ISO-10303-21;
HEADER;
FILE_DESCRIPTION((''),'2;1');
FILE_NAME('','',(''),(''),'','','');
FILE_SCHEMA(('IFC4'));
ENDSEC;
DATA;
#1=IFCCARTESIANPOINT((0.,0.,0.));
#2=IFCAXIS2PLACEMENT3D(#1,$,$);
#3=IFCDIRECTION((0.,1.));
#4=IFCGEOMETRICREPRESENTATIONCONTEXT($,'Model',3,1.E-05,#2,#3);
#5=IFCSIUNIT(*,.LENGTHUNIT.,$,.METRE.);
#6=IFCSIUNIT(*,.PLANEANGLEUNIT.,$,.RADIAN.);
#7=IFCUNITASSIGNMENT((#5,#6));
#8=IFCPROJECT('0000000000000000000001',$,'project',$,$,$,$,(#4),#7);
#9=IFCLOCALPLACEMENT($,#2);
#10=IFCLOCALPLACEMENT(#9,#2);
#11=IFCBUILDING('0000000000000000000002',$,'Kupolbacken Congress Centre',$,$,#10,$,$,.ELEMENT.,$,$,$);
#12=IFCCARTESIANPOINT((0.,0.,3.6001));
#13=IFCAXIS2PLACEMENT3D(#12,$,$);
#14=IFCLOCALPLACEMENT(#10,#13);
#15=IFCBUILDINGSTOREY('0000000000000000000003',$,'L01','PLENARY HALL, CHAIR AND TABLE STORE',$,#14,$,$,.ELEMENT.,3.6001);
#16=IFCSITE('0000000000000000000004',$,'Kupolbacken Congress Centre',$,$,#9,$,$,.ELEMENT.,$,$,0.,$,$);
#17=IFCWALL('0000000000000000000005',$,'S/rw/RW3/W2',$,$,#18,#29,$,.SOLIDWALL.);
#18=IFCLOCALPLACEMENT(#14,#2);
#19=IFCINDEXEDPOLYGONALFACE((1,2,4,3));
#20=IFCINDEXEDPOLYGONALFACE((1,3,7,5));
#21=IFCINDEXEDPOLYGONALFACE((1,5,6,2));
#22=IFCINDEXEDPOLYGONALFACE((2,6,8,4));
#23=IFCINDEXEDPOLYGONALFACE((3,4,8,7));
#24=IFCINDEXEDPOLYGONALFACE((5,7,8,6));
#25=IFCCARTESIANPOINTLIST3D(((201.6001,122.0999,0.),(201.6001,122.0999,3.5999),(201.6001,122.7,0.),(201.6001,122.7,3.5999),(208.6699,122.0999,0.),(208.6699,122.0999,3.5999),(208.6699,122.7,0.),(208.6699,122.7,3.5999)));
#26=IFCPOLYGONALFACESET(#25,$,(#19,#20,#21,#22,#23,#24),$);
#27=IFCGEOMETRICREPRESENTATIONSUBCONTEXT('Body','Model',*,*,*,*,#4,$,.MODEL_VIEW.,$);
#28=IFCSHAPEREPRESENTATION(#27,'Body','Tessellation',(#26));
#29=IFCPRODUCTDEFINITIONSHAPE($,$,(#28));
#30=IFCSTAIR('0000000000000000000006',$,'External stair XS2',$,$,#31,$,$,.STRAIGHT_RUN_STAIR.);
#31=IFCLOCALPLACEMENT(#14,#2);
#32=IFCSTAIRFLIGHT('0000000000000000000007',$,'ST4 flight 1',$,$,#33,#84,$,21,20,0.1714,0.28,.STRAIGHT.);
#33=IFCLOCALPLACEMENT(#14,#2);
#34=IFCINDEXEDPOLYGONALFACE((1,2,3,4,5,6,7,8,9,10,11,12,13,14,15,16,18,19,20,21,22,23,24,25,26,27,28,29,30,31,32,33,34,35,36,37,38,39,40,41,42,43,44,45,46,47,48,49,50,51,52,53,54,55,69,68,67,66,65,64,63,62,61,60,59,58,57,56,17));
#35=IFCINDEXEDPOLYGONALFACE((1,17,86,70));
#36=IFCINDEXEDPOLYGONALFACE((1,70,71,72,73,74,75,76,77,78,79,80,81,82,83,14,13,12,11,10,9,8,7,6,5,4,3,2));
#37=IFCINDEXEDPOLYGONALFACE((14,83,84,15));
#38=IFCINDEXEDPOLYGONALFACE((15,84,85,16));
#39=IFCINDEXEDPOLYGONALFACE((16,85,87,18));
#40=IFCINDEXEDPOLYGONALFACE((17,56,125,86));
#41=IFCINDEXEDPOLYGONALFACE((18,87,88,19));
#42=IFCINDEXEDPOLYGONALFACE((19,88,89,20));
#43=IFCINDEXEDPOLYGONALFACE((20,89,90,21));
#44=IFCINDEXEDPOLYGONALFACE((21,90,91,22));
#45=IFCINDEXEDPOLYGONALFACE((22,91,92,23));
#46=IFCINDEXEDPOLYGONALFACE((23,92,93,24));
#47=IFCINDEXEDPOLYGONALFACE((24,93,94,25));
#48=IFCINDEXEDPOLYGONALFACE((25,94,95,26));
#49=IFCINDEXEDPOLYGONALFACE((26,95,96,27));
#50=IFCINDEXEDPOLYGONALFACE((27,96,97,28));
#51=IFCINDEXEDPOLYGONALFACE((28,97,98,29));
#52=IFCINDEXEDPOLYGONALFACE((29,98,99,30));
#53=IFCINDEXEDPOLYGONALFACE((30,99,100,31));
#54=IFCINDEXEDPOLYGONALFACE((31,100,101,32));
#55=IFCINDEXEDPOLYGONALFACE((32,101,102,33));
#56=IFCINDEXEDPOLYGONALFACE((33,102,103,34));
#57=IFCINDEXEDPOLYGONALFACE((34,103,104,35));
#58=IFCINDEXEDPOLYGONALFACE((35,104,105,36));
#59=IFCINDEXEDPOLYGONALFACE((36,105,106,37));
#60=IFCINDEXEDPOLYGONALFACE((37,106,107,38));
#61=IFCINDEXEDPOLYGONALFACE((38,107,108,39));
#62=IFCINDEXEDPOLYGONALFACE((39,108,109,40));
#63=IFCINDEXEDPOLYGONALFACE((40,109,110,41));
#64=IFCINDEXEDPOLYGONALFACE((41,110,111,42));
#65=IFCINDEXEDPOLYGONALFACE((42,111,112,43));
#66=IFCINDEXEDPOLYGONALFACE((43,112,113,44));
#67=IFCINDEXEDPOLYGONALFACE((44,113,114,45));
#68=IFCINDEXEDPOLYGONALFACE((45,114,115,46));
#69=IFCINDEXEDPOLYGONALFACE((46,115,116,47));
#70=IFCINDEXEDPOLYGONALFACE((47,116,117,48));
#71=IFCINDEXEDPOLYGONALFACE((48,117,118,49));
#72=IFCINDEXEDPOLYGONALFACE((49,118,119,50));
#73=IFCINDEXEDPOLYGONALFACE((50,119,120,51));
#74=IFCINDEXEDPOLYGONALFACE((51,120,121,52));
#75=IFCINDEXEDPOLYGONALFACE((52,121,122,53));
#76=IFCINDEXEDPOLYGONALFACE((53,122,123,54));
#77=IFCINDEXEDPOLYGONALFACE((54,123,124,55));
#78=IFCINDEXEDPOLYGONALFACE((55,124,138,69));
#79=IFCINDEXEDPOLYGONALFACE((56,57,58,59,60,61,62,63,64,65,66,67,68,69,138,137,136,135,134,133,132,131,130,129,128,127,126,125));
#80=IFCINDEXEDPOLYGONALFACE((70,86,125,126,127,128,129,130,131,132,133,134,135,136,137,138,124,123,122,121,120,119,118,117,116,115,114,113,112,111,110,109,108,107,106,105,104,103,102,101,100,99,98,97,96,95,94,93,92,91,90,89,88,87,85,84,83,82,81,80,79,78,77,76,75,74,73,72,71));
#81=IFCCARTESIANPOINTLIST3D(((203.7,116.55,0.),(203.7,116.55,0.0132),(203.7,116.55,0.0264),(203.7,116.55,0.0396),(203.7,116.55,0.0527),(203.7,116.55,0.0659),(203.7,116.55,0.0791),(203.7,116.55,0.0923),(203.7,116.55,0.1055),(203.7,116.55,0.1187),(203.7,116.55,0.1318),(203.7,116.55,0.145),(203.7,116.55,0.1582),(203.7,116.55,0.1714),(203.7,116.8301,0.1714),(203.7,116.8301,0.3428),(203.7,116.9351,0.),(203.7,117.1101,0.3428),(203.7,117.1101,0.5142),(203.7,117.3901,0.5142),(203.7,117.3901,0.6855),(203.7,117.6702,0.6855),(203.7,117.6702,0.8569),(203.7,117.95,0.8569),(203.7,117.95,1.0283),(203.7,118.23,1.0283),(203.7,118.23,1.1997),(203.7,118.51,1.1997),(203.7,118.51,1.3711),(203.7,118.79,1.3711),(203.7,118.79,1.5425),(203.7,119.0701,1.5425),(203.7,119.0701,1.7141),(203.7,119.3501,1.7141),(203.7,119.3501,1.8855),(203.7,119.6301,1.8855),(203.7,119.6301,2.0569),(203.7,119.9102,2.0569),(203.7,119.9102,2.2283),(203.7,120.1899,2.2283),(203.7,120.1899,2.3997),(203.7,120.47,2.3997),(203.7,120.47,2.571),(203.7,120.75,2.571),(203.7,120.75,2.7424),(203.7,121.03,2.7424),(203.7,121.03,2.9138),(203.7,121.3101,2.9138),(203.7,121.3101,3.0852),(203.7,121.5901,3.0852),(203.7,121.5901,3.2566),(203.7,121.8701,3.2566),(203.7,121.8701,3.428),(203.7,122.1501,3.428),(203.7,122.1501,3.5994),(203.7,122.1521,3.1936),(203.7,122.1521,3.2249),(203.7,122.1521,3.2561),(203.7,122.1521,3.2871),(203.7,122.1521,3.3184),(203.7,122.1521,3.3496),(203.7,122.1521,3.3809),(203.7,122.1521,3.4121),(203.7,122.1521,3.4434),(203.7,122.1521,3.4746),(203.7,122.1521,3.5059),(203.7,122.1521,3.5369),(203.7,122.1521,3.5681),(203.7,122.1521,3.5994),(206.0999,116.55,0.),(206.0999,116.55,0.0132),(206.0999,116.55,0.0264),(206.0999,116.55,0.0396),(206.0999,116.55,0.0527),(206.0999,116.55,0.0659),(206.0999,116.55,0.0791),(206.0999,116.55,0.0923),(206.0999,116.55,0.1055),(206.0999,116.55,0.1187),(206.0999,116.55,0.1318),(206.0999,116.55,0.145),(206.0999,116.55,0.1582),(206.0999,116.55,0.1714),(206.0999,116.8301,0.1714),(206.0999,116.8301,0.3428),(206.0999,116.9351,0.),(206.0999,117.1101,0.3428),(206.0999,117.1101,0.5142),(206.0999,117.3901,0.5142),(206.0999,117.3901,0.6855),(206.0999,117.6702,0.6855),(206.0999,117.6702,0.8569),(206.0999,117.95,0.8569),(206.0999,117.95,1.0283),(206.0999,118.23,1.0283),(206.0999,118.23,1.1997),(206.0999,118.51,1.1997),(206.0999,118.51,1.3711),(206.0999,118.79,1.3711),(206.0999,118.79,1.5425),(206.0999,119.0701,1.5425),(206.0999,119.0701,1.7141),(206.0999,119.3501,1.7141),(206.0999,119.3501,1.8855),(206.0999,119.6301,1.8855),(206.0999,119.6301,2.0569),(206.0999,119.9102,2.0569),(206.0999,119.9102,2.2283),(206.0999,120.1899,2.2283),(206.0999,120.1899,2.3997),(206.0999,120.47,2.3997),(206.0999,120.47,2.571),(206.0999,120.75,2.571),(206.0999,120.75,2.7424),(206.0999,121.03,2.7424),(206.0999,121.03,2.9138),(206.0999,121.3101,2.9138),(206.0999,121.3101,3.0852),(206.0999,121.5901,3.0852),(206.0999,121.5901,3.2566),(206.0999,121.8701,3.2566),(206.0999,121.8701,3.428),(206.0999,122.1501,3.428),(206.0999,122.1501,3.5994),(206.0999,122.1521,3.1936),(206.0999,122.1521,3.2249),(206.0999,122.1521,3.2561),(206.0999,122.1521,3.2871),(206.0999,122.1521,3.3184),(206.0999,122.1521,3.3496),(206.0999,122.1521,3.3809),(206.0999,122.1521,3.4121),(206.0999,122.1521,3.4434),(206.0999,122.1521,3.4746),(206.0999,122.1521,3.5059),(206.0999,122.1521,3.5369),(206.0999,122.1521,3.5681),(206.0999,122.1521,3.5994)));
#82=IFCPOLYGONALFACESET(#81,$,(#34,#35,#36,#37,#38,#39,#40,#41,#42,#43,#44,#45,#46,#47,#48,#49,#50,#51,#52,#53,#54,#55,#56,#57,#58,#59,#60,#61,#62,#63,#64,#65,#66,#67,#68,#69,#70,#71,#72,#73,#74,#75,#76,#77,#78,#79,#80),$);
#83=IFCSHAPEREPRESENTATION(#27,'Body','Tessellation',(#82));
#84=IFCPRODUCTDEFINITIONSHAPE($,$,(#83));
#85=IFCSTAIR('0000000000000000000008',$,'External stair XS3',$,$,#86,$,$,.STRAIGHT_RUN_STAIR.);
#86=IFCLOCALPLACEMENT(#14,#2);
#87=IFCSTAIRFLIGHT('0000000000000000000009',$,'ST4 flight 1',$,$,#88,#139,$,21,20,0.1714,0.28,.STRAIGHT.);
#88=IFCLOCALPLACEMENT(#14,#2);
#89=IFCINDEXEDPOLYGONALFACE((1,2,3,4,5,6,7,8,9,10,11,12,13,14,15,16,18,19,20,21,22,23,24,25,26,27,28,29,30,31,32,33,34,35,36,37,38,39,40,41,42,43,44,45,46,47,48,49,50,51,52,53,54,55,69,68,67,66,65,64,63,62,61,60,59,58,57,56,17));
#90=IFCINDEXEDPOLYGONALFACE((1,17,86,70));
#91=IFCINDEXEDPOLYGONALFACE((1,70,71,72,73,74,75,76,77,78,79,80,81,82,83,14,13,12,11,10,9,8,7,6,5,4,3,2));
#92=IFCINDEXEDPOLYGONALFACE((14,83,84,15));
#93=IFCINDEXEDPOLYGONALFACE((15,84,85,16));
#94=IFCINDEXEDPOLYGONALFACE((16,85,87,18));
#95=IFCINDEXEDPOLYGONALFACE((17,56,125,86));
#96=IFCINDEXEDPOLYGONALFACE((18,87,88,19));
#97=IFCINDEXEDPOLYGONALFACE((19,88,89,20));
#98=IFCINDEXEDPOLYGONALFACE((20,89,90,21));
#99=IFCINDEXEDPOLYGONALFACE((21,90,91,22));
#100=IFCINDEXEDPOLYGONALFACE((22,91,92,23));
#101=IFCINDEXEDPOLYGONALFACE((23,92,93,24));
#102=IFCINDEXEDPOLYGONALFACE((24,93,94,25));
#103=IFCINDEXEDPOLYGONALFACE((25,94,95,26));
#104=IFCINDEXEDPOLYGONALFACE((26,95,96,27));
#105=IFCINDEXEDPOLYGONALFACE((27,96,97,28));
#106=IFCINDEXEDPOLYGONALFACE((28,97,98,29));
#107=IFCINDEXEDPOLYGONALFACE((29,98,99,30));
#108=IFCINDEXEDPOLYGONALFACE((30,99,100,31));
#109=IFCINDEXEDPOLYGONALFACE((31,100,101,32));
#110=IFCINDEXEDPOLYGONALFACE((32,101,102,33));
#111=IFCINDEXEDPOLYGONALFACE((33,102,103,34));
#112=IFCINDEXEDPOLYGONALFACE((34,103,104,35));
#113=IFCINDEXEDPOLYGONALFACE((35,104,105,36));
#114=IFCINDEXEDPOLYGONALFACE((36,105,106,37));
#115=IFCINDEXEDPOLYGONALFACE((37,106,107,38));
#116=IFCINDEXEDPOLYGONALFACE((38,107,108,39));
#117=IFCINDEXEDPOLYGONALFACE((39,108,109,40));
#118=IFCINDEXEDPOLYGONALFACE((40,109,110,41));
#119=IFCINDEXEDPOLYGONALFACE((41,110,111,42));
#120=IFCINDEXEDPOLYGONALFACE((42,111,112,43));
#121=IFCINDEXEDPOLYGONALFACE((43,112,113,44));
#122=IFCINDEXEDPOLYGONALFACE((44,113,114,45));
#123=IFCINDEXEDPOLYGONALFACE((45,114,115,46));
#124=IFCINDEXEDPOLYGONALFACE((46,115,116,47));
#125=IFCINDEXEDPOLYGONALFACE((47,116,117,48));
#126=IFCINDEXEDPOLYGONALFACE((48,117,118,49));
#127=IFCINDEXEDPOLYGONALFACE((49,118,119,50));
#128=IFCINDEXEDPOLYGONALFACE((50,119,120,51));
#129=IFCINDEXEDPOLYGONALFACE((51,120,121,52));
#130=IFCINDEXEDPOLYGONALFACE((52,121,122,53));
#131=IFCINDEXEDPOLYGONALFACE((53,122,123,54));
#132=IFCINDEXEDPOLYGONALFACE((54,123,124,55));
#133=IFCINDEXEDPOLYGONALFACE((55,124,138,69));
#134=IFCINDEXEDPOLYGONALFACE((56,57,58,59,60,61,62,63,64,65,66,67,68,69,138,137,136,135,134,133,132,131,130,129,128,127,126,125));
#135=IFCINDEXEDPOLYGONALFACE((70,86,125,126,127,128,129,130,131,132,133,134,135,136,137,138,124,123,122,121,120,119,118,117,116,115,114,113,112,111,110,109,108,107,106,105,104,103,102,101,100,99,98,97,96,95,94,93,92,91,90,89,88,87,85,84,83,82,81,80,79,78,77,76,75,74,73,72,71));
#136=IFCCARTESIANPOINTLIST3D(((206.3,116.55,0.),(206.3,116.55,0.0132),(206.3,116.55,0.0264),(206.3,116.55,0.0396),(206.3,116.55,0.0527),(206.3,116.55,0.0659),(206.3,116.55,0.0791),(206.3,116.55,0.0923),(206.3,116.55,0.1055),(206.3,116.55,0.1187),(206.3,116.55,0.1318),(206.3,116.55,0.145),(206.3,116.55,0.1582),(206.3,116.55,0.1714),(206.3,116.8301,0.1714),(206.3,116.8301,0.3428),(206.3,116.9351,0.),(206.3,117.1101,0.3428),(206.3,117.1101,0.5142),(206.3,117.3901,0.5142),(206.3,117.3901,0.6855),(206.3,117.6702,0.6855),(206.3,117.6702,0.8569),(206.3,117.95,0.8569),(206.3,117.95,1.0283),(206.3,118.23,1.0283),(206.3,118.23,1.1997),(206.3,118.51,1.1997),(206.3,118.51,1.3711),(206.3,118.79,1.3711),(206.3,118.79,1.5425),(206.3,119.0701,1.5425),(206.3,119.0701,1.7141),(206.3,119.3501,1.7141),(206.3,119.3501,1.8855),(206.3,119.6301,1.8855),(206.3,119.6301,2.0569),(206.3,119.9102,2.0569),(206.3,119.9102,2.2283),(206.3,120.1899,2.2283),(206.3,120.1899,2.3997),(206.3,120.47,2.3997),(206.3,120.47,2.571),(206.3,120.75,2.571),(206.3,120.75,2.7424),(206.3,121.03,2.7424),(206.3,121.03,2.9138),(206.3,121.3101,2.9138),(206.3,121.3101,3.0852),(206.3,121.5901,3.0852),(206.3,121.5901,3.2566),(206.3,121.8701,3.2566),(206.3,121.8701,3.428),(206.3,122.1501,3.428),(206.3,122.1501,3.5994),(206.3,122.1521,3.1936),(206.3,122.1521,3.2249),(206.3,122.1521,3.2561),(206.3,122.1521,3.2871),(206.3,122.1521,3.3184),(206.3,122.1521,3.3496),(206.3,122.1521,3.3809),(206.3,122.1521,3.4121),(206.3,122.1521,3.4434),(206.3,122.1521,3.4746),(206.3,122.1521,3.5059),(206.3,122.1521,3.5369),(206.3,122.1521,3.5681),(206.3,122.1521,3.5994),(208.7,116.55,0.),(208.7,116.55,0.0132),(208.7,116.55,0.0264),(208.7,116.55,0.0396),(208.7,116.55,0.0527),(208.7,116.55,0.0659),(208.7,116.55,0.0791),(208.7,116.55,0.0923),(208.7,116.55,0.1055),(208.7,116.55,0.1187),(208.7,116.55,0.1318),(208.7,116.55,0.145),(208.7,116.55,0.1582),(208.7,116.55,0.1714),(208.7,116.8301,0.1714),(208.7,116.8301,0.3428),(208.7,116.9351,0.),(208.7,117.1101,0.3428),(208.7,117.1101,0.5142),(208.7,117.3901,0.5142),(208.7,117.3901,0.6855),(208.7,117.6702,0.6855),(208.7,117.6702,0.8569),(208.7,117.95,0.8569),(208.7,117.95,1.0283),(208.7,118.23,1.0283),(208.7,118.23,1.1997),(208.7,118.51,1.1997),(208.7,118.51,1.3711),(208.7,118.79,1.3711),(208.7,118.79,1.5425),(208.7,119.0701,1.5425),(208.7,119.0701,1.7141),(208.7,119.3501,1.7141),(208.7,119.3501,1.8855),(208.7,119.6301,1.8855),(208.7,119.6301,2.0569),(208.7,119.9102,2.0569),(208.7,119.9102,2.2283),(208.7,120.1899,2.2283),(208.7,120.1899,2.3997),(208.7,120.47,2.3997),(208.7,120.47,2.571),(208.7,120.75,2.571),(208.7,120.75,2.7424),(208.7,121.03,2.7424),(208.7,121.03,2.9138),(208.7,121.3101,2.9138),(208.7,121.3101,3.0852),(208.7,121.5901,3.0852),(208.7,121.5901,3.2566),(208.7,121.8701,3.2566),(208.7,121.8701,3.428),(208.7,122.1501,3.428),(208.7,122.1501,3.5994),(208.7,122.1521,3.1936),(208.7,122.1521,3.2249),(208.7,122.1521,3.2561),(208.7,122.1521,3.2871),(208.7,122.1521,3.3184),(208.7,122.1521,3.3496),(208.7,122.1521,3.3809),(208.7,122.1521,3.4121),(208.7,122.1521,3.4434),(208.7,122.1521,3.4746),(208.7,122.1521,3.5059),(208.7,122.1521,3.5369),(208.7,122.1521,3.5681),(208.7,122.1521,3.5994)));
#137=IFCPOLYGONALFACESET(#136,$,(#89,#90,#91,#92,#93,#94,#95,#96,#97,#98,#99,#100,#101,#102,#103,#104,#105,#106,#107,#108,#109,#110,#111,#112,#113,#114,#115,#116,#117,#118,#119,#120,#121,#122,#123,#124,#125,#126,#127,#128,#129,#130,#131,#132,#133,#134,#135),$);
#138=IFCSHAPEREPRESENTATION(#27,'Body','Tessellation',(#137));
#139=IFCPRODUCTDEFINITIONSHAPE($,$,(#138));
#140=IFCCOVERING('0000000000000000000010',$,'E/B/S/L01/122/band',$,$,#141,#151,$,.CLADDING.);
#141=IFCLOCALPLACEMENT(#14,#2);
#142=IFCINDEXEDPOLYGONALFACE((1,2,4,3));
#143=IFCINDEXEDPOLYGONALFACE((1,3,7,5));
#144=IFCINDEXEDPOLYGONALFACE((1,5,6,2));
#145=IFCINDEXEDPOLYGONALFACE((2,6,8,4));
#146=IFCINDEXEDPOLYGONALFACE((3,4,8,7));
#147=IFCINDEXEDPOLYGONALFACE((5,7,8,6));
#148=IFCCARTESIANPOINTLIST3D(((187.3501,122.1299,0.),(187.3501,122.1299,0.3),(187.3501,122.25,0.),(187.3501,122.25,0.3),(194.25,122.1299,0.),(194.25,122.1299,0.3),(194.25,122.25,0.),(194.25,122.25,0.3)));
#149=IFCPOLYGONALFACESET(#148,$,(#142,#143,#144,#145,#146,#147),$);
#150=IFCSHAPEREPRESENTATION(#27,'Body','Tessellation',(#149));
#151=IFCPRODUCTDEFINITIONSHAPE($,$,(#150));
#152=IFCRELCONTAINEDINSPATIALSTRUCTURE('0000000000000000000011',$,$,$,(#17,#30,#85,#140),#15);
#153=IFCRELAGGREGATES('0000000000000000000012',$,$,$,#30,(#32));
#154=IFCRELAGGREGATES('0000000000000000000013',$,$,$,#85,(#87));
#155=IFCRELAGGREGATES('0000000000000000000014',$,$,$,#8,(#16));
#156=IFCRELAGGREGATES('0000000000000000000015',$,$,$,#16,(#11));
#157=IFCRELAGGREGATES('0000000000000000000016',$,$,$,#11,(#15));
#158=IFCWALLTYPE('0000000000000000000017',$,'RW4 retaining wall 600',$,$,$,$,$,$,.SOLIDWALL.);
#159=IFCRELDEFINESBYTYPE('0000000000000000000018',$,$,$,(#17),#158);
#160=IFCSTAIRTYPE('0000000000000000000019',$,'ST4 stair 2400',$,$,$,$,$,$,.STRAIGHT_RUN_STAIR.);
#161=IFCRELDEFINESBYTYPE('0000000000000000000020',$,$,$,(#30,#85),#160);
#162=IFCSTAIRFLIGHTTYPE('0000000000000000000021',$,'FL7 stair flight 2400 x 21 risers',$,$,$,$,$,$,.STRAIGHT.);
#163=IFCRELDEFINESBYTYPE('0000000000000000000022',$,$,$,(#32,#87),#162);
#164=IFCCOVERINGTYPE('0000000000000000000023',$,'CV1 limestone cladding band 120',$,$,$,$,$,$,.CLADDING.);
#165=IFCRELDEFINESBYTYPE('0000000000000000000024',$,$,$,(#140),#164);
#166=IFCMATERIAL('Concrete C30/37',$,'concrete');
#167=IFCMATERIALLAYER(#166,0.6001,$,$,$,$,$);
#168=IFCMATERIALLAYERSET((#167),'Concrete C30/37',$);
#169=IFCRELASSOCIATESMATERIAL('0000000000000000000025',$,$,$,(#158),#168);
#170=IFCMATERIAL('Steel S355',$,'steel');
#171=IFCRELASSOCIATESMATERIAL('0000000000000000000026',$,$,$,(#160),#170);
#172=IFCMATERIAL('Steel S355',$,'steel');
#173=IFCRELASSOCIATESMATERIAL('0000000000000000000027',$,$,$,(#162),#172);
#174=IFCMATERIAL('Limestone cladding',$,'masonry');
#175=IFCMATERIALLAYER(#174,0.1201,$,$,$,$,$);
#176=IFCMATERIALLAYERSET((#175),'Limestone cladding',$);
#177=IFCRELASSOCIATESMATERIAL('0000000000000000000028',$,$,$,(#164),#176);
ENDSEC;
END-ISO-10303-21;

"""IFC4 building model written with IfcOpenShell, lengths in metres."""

from ifc_helpers import new_model, si_unit, direction, frame, frame_2d, origin, origin_2d, place, context, subcontext, project, spatial, polyline, rectangle, outline, extrude, material, layer, layer_set, type_object, element, aggregate, save


model = new_model("IFC4")

# Units and contexts
model_context = context("Model", 3, precision=1e-05, world=origin(), true_north=direction((0.0, 1.0)))
body_context = subcontext(model_context, "Body", "Model", "MODEL_VIEW")
ifc_project = project(units=[si_unit("LENGTHUNIT", "METRE"), si_unit("PLANEANGLEUNIT", "RADIAN")], contexts=[model_context])

# Site, building, storey
site_placement = place(None, origin())
site = spatial("IfcSite", under=ifc_project, at=site_placement, Name="Kupolbacken Congress Centre", CompositionType="ELEMENT", RefElevation=0.0)
building_placement = place(site_placement, origin())
building = spatial("IfcBuilding", under=site, at=building_placement, Name="Kupolbacken Congress Centre", CompositionType="ELEMENT")
storey_placement = place(building_placement, frame((0.0, 0.0, 3.6001)))
storey = spatial("IfcBuildingStorey", under=building, at=storey_placement, Name="L01", Description="PLENARY HALL, CHAIR AND TABLE STORE", CompositionType="ELEMENT", Elevation=3.6001)

# Wall
ifc_material_1 = material(Name="Concrete C30/37", Category="concrete")
ifc_layer_1 = layer(ifc_material_1, 0.6001)
ifc_layer_set_1 = layer_set([ifc_layer_1], Name="Concrete C30/37")
wall_type_1 = type_object("IfcWallType", Name="RW4 retaining wall 600", PredefinedType="SOLIDWALL", material=ifc_layer_set_1)
wall_1_placement = place(storey_placement, frame((201.6001, 122.3999, 0.0), z_axis=(0.0, 0.0, 1.0), x_axis=(1.0, 0.0, 0.0)))
element("IfcWall", 1, at=wall_1_placement, inside=storey, type_object=wall_type_1, Name="S/rw/RW3/W2", PredefinedType="SOLIDWALL", context=body_context, shape_type="SweptSolid", body=[
    extrude(rectangle(XDim=7.0698, YDim=0.6001, at=frame_2d((3.5349, 0.0))), origin(), (0.0, 0.0, 1.0), 3.5999),
])

# Stairs, stair flights
ifc_material_2 = material(Name="Steel S355", Category="steel")
stair_type = type_object("IfcStairType", Name="ST4 stair 2400", PredefinedType="STRAIGHT_RUN_STAIR", material=ifc_material_2)
stair_1_placement = place(storey_placement, origin())
stair_1 = element("IfcStair", 2, at=stair_1_placement, inside=storey, type_object=stair_type, Name="External stair XS2", PredefinedType="STRAIGHT_RUN_STAIR")
ifc_material_3 = material(Name="Steel S355", Category="steel")
stair_flight_type = type_object("IfcStairFlightType", Name="FL7 stair flight 2400 x 21 risers", PredefinedType="STRAIGHT", material=ifc_material_3)
stair_flight_1_placement = place(storey_placement, frame((204.8999, 116.55, 0.0), z_axis=(0.0, 0.0, 1.0), x_axis=(0.0, 1.0, 0.0)))
stair_flight_1 = element("IfcStairFlight", 3, at=stair_flight_1_placement, type_object=stair_flight_type, Name="ST4 flight 1", NumberOfRisers=21, NumberOfTreads=20, PredefinedType="STRAIGHT", RiserHeight=0.1714, TreadLength=0.28, context=body_context, shape_type="SweptSolid", body=[
    extrude(outline(polyline([(0.0, 0.0), (0.0, 0.0132), (0.0, 0.0264), (0.0, 0.0396), (0.0, 0.0527), (0.0, 0.0659), (0.0, 0.0791), (0.0, 0.0923), (0.0, 0.1055), (0.0, 0.1187), (0.0, 0.1318), (0.0, 0.145), (0.0, 0.1582), (0.0, 0.1714), (0.28, 0.1714), (0.28, 0.3428), (0.5601, 0.3428), (0.5601, 0.5142), (0.8401, 0.5142), (0.8401, 0.6855), (1.1201, 0.6855), (1.1201, 0.8569), (1.3999, 0.8569), (1.3999, 1.0283), (1.6799, 1.0283), (1.6799, 1.1997), (1.96, 1.1997), (1.96, 1.3711), (2.24, 1.3711), (2.24, 1.5425), (2.52, 1.5425), (2.52, 1.7141), (2.8, 1.7141), (2.8, 1.8855), (3.0801, 1.8855), (3.0801, 2.0569), (3.3601, 2.0569), (3.3601, 2.2283), (3.6399, 2.2283), (3.6399, 2.3997), (3.9199, 2.3997), (3.9199, 2.571), (4.2, 2.571), (4.2, 2.7424), (4.48, 2.7424), (4.48, 2.9138), (4.76, 2.9138), (4.76, 3.0852), (5.04, 3.0852), (5.04, 3.2566), (5.3201, 3.2566), (5.3201, 3.428), (5.6001, 3.428), (5.6001, 3.5994), (5.6021, 3.5994), (5.6021, 3.5681), (5.6021, 3.5369), (5.6021, 3.5059), (5.6021, 3.4746), (5.6021, 3.4434), (5.6021, 3.4121), (5.6021, 3.3809), (5.6021, 3.3496), (5.6021, 3.3184), (5.6021, 3.2871), (5.6021, 3.2561), (5.6021, 3.2249), (5.6021, 3.1936), (0.385, 0.0), (0.0, 0.0)])), frame((0.0, 1.2, 0.0), z_axis=(0.0, -1.0, 0.0), x_axis=(1.0, 0.0, 0.0)), (0.0, 0.0, 1.0), 2.3999),
])
aggregate(stair_1, [stair_flight_1])
stair_2_placement = place(storey_placement, origin())
stair_2 = element("IfcStair", 4, at=stair_2_placement, inside=storey, type_object=stair_type, Name="External stair XS3", PredefinedType="STRAIGHT_RUN_STAIR")
stair_flight_2_placement = place(storey_placement, frame((207.5, 116.55, 0.0), z_axis=(0.0, 0.0, 1.0), x_axis=(0.0, 1.0, 0.0)))
stair_flight_2 = element("IfcStairFlight", 5, at=stair_flight_2_placement, type_object=stair_flight_type, Name="ST4 flight 1", NumberOfRisers=21, NumberOfTreads=20, PredefinedType="STRAIGHT", RiserHeight=0.1714, TreadLength=0.28, context=body_context, shape_type="SweptSolid", body=[
    extrude(outline(polyline([(0.0, 0.0), (0.0, 0.0132), (0.0, 0.0264), (0.0, 0.0396), (0.0, 0.0527), (0.0, 0.0659), (0.0, 0.0791), (0.0, 0.0923), (0.0, 0.1055), (0.0, 0.1187), (0.0, 0.1318), (0.0, 0.145), (0.0, 0.1582), (0.0, 0.1714), (0.28, 0.1714), (0.28, 0.3428), (0.5601, 0.3428), (0.5601, 0.5142), (0.8401, 0.5142), (0.8401, 0.6855), (1.1201, 0.6855), (1.1201, 0.8569), (1.3999, 0.8569), (1.3999, 1.0283), (1.6799, 1.0283), (1.6799, 1.1997), (1.96, 1.1997), (1.96, 1.3711), (2.24, 1.3711), (2.24, 1.5425), (2.52, 1.5425), (2.52, 1.7141), (2.8, 1.7141), (2.8, 1.8855), (3.0801, 1.8855), (3.0801, 2.0569), (3.3601, 2.0569), (3.3601, 2.2283), (3.6399, 2.2283), (3.6399, 2.3997), (3.9199, 2.3997), (3.9199, 2.571), (4.2, 2.571), (4.2, 2.7424), (4.48, 2.7424), (4.48, 2.9138), (4.76, 2.9138), (4.76, 3.0852), (5.04, 3.0852), (5.04, 3.2566), (5.3201, 3.2566), (5.3201, 3.428), (5.6001, 3.428), (5.6001, 3.5994), (5.6021, 3.5994), (5.6021, 3.5681), (5.6021, 3.5369), (5.6021, 3.5059), (5.6021, 3.4746), (5.6021, 3.4434), (5.6021, 3.4121), (5.6021, 3.3809), (5.6021, 3.3496), (5.6021, 3.3184), (5.6021, 3.2871), (5.6021, 3.2561), (5.6021, 3.2249), (5.6021, 3.1936), (0.385, 0.0), (0.0, 0.0)])), frame((0.0, 1.2, 0.0), z_axis=(0.0, -1.0, 0.0), x_axis=(1.0, 0.0, 0.0)), (0.0, 0.0, 1.0), 2.3999),
])
aggregate(stair_2, [stair_flight_2])

# Covering
ifc_material_4 = material(Name="Limestone cladding", Category="masonry")
ifc_layer_2 = layer(ifc_material_4, 0.1201)
ifc_layer_set_2 = layer_set([ifc_layer_2], Name="Limestone cladding")
covering_type_1 = type_object("IfcCoveringType", Name="CV1 limestone cladding band 120", PredefinedType="CLADDING", material=ifc_layer_set_2)
for number, where, z_axis, x_axis, name in (
    (6, (190.8, 122.1899, 0.0), (0.0, 0.0, 1.0), (1.0, 0.0, 0.0), "E/B/S/L01/122/band"),
):
    element("IfcCovering", number, at=place(storey_placement, frame(where, z_axis=z_axis, x_axis=x_axis)), inside=storey, type_object=covering_type_1, Name=name, PredefinedType="CLADDING", context=body_context, shape_type="SweptSolid", body=[
        extrude(rectangle(XDim=6.8999, YDim=0.1201, at=origin_2d()), origin(), (0.0, 0.0, 1.0), 0.3),
    ])

save(model, "model.ifc")
